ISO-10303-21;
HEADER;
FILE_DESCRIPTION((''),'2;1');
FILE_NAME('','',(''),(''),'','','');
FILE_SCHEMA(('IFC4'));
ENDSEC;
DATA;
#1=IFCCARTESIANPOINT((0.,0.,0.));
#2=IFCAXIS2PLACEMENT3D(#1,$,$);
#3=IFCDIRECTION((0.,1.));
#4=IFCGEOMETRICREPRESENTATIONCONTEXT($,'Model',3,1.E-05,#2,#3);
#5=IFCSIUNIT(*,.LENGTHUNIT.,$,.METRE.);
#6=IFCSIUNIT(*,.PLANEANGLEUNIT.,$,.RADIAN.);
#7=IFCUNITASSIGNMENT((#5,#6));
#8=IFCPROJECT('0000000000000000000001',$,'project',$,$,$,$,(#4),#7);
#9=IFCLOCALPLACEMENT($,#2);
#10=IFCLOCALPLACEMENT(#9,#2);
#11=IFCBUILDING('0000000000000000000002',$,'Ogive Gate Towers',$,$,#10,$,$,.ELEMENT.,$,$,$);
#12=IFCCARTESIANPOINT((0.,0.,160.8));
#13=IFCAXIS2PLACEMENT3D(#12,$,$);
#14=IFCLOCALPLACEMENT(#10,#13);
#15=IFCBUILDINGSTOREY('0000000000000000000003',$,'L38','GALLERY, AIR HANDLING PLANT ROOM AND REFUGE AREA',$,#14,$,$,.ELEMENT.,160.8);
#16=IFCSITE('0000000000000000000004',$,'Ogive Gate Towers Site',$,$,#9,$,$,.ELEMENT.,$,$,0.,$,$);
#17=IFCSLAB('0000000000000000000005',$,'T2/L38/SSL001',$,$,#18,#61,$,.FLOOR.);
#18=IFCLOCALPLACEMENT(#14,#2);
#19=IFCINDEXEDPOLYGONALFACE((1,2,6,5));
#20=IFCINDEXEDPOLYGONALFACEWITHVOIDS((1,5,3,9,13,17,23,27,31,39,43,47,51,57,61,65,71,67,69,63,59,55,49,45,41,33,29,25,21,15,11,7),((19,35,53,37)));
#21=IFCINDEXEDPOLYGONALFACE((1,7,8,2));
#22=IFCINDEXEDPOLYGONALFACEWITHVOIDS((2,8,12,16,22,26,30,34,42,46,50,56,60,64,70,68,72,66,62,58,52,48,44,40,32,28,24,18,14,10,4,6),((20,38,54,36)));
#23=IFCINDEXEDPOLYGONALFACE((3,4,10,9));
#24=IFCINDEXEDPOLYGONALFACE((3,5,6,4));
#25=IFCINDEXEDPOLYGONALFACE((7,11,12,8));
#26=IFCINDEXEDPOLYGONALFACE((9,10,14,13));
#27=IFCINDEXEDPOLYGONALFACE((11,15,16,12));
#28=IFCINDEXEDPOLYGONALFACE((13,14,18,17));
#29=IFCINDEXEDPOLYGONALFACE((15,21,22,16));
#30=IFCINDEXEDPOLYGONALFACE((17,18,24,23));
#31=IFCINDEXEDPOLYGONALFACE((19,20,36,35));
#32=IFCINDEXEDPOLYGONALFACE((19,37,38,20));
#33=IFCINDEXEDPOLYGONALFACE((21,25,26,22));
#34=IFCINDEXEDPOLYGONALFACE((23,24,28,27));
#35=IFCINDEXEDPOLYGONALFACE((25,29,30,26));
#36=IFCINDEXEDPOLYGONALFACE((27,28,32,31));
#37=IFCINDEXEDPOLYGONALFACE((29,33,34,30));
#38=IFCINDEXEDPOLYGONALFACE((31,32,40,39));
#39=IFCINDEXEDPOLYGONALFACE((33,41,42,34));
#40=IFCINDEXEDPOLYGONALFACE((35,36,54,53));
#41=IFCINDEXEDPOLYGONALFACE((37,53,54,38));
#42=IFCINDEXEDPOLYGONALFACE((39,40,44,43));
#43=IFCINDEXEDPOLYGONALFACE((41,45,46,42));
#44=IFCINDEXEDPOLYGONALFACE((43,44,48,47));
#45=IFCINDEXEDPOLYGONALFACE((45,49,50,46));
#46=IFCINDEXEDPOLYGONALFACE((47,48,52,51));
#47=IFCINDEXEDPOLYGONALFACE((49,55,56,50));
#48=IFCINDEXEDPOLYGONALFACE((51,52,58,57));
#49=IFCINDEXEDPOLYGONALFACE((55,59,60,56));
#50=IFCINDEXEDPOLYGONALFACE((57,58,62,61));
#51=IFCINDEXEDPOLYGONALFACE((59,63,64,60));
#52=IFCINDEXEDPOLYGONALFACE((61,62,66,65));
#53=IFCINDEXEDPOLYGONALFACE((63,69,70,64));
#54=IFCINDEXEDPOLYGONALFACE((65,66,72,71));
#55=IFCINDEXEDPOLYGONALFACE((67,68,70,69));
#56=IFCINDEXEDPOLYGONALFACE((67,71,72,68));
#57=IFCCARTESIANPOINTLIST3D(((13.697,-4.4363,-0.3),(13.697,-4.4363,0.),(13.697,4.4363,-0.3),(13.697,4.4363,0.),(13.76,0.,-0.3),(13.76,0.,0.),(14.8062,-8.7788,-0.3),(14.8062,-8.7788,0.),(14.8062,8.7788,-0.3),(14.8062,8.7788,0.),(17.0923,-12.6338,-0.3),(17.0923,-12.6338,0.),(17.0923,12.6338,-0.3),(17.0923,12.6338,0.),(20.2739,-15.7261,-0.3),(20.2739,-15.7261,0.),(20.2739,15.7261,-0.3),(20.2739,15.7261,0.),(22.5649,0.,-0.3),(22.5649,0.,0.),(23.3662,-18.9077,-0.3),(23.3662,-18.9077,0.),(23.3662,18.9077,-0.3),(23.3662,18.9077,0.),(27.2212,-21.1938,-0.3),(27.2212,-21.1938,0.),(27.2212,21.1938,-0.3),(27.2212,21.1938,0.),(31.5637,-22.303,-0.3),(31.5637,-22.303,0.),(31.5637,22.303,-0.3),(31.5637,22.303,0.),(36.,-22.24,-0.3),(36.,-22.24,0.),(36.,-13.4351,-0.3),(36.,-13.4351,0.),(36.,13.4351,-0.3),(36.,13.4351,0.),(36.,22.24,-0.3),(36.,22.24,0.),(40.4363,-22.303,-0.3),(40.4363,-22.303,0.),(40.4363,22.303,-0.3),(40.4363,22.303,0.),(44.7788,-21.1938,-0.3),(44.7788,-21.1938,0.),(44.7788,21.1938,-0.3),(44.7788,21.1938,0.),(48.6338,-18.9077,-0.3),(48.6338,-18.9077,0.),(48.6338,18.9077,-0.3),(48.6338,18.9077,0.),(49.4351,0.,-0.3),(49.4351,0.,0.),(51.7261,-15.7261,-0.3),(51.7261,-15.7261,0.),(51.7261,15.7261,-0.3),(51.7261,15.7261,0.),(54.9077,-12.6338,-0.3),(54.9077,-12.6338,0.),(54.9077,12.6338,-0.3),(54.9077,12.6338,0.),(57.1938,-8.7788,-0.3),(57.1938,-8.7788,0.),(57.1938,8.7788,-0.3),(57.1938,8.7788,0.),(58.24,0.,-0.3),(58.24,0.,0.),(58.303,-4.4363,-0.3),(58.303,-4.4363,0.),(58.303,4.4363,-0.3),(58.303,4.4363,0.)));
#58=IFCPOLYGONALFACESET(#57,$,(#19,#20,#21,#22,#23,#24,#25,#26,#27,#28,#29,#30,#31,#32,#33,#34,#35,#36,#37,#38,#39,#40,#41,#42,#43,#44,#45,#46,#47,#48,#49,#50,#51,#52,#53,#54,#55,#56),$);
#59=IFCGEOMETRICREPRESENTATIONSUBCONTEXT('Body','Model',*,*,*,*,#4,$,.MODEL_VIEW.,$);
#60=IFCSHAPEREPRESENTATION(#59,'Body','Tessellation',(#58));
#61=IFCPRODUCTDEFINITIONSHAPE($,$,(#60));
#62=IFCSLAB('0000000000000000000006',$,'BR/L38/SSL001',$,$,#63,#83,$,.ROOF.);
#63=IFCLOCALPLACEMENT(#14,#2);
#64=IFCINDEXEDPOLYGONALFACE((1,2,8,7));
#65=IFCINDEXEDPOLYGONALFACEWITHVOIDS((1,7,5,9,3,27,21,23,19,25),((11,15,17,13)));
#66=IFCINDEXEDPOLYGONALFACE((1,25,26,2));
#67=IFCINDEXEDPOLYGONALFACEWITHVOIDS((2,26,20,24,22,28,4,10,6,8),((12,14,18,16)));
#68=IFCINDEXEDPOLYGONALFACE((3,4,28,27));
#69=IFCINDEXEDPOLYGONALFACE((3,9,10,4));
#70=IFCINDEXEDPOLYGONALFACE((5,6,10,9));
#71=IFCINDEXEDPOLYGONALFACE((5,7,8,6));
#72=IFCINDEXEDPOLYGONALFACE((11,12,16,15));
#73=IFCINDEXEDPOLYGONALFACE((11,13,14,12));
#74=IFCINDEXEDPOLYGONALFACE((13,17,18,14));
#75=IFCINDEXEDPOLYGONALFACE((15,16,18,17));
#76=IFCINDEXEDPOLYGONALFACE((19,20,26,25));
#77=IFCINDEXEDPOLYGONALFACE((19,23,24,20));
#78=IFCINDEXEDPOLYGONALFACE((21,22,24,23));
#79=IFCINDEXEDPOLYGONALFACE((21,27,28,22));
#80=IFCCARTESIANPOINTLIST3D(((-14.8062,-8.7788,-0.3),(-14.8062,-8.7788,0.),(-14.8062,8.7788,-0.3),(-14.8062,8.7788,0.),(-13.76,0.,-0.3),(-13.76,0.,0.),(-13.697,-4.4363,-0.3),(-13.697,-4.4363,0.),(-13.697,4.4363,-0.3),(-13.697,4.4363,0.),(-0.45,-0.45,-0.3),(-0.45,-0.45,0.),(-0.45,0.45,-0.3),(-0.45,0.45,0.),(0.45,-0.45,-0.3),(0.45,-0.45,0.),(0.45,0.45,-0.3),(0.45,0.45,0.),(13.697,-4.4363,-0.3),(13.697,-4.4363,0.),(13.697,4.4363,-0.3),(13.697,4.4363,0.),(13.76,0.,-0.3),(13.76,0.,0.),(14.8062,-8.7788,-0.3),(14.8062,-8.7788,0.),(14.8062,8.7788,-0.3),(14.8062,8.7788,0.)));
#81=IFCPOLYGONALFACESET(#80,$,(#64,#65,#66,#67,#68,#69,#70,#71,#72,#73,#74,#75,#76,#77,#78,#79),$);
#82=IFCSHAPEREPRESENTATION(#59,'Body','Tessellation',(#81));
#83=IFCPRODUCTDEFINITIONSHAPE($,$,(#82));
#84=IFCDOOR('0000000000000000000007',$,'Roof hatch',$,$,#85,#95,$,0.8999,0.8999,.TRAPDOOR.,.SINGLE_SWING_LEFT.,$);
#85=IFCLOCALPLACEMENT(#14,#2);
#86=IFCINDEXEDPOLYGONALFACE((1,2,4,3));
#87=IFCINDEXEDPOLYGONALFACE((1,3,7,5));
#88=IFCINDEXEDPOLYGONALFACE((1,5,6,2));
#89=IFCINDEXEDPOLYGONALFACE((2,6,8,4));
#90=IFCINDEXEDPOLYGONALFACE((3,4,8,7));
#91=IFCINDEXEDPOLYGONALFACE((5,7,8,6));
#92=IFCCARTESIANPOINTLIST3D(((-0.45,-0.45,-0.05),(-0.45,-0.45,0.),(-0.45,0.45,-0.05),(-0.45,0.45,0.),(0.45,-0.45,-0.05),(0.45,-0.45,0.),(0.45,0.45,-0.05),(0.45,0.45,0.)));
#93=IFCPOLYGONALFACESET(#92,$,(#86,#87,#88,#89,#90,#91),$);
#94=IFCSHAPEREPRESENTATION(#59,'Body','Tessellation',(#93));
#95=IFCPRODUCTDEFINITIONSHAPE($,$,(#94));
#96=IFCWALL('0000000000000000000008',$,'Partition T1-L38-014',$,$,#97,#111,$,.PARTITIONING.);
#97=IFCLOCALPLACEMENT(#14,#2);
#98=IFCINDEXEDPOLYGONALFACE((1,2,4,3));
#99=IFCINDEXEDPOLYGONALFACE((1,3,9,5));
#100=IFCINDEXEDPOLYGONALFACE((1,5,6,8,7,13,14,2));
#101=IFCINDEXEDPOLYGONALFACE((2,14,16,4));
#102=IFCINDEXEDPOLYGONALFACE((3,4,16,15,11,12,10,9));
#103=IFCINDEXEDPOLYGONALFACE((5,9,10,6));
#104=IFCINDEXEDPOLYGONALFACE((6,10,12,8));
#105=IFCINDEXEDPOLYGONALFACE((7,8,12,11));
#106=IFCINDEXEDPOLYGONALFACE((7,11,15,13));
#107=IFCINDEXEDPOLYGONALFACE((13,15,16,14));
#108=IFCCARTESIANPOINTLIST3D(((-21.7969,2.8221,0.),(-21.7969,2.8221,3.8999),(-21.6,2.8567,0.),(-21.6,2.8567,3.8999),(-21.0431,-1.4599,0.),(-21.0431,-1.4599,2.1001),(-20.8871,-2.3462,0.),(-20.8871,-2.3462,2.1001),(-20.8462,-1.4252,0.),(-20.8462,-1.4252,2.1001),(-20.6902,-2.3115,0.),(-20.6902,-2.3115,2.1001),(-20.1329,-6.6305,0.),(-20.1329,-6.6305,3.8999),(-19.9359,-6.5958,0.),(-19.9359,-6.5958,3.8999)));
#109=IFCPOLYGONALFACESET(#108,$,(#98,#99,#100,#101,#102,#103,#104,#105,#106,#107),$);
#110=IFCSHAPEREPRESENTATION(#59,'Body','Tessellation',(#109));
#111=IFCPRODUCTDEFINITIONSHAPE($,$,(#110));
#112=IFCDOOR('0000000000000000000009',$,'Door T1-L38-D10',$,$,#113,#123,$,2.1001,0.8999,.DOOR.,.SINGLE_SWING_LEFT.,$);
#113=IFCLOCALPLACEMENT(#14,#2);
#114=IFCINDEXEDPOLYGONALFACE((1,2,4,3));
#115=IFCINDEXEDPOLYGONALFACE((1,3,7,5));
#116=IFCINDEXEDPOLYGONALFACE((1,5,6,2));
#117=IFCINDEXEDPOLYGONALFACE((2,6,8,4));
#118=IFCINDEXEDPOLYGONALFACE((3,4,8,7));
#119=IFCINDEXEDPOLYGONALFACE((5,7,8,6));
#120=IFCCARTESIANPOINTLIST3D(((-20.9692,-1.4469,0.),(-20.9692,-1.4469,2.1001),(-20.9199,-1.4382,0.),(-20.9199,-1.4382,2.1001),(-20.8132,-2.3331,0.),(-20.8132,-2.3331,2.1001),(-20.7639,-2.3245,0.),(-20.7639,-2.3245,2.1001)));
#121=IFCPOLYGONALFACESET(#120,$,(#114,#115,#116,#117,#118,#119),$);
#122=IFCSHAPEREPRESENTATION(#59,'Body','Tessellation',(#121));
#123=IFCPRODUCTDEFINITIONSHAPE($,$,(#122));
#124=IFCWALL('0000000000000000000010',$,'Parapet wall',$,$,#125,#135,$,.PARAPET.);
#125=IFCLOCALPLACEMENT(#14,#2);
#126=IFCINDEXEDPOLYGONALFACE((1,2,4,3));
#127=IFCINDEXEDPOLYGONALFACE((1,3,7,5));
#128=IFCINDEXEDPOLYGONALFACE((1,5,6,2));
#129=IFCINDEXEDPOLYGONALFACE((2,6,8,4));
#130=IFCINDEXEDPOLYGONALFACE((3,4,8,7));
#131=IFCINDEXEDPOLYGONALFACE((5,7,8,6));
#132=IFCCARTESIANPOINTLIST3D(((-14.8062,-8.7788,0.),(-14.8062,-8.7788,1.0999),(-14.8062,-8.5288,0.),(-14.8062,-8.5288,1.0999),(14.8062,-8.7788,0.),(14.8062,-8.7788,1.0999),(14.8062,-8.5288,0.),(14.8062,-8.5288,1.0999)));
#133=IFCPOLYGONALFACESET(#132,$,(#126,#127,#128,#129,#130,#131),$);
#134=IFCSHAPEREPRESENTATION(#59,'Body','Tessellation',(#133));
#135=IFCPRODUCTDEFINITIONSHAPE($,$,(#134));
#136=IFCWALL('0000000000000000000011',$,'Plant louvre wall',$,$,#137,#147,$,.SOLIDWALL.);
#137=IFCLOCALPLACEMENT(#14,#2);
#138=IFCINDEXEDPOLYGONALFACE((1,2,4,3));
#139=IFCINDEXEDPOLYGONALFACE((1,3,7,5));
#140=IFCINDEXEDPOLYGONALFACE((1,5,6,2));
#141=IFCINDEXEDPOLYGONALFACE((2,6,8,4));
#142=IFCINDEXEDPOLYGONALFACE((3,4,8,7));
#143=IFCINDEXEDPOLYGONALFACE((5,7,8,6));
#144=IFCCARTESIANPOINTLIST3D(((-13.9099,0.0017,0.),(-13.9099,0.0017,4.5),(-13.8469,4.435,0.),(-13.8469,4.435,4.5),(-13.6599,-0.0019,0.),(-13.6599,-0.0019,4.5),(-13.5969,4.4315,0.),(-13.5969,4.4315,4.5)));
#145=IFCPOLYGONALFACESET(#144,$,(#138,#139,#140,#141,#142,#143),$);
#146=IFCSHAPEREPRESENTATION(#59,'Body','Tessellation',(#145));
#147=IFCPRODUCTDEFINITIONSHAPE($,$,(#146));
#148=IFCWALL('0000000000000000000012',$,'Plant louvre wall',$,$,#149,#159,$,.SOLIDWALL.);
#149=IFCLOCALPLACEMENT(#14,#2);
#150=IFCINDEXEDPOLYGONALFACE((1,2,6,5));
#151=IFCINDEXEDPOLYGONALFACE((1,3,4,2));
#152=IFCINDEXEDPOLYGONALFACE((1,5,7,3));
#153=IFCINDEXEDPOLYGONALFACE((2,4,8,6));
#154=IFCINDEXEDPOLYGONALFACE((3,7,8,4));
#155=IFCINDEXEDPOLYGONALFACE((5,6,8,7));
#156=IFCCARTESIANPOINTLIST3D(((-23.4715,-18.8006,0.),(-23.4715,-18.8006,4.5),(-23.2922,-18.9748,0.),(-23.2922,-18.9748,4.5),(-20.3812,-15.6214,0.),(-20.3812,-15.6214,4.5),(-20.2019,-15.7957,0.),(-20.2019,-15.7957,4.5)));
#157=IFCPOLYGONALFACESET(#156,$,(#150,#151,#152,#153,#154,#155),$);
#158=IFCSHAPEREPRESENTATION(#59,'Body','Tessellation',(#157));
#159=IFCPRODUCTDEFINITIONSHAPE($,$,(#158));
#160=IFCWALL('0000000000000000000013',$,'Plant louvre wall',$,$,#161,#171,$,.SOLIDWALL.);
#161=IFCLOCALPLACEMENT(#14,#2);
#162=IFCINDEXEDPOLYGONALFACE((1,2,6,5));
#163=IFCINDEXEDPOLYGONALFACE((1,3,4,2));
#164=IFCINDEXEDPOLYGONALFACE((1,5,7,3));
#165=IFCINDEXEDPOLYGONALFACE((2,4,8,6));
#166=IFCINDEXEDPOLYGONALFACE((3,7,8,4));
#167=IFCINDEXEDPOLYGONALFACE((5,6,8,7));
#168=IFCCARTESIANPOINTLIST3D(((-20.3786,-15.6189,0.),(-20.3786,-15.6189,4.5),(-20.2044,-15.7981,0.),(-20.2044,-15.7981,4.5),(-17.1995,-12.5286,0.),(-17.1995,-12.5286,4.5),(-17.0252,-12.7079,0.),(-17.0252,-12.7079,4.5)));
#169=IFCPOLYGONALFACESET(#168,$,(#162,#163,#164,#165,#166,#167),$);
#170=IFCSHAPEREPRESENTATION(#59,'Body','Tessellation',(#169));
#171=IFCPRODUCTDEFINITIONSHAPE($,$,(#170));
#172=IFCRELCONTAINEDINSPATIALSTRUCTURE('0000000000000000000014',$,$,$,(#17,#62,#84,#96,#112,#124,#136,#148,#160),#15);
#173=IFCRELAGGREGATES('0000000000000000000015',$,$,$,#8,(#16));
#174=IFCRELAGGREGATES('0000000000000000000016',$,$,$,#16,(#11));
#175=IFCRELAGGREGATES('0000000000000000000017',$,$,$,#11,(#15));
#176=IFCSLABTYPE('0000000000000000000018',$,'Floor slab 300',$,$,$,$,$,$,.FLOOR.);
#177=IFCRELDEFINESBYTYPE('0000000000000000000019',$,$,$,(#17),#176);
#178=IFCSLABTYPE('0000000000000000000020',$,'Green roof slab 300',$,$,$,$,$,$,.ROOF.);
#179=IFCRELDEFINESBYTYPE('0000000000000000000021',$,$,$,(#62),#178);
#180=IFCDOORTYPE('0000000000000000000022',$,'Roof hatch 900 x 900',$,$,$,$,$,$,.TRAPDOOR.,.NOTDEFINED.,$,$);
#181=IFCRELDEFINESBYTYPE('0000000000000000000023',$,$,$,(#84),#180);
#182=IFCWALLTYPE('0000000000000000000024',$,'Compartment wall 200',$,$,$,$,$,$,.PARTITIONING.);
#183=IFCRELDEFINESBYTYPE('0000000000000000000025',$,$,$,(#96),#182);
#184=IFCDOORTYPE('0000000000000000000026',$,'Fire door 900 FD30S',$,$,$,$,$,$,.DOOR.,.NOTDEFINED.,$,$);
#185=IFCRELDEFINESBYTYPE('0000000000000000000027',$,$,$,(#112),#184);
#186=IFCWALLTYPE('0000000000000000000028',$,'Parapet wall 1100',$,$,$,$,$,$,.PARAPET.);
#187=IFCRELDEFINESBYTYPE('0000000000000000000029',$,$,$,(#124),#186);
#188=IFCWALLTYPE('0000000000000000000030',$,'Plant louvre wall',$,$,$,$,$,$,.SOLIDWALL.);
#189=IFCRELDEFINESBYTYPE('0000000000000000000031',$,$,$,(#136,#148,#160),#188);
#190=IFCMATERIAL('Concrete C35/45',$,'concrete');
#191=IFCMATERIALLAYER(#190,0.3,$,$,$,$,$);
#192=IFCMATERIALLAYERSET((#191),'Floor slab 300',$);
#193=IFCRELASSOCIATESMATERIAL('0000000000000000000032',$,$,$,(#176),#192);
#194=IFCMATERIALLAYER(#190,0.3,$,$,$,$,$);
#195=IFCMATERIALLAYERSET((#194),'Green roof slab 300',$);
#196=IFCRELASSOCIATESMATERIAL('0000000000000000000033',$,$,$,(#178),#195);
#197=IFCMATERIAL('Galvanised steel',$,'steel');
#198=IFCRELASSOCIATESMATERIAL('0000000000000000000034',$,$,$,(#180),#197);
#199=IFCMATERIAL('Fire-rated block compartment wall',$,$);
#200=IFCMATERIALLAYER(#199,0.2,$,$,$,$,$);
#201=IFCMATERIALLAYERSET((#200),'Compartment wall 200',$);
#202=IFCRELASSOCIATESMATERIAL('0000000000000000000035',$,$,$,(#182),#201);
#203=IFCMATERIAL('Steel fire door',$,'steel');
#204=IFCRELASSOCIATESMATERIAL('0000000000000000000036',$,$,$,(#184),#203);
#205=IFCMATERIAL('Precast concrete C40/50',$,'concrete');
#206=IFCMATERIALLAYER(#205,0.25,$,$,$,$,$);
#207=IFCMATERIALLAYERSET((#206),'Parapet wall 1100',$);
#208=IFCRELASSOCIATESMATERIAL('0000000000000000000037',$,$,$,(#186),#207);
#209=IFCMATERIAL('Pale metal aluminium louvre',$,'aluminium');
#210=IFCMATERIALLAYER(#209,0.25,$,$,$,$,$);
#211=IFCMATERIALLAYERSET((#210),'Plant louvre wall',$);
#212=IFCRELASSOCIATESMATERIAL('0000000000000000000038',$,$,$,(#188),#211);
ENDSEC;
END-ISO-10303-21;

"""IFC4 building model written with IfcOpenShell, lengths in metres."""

from ifc_helpers import new_model, si_unit, direction, frame, frame_2d, origin, origin_2d, place, context, subcontext, project, spatial, polyline, rectangle, outline, extrude, material, layer, layer_set, type_object, element, fill, save


model = new_model("IFC4")

# Units and contexts
model_context = context("Model", 3, precision=1e-05, world=origin(), true_north=direction((0.0, 1.0)))
body_context = subcontext(model_context, "Body", "Model", "MODEL_VIEW")
ifc_project = project(units=[si_unit("LENGTHUNIT", "METRE"), si_unit("PLANEANGLEUNIT", "RADIAN")], contexts=[model_context])

# Site, building, storey
site_placement = place(None, origin())
site = spatial("IfcSite", under=ifc_project, at=site_placement, Name="Ogive Gate Towers Site", CompositionType="ELEMENT", RefElevation=0.0)
building_placement = place(site_placement, origin())
building = spatial("IfcBuilding", under=site, at=building_placement, Name="Ogive Gate Towers", CompositionType="ELEMENT")
storey_placement = place(building_placement, frame((0.0, 0.0, 160.8)))
storey = spatial("IfcBuildingStorey", under=building, at=storey_placement, Name="L38", Description="GALLERY, AIR HANDLING PLANT ROOM AND REFUGE AREA", CompositionType="ELEMENT", Elevation=160.8)

# Slab
ifc_material_1 = material(Name="Concrete C35/45", Category="concrete")
ifc_layer_1 = layer(ifc_material_1, 0.3)
ifc_layer_set_1 = layer_set([ifc_layer_1], Name="Floor slab 300")
slab_type_1 = type_object("IfcSlabType", Name="Floor slab 300", PredefinedType="FLOOR", material=ifc_layer_set_1)
slab_1_placement = place(storey_placement, frame((0.0, 0.0, -0.3)))
element("IfcSlab", 1, at=slab_1_placement, inside=storey, type_object=slab_type_1, Name="T2/L38/SSL001", PredefinedType="FLOOR", context=body_context, shape_type="SweptSolid", body=[
    extrude(outline(polyline([(58.303, -4.4363), (58.24, 0.0), (58.303, 4.4363), (57.1938, 8.7788), (54.9077, 12.6338), (51.7261, 15.7261), (48.6338, 18.9077), (44.7788, 21.1938), (40.4363, 22.303), (36.0, 22.24), (31.5637, 22.303), (27.2212, 21.1938), (23.3662, 18.9077), (20.2739, 15.7261), (17.0923, 12.6338), (14.8062, 8.7788), (13.697, 4.4363), (13.76, 0.0), (13.697, -4.4363), (14.8062, -8.7788), (17.0923, -12.6338), (20.2739, -15.7261), (23.3662, -18.9077), (27.2212, -21.1938), (31.5637, -22.303), (36.0, -22.24), (40.4363, -22.303), (44.7788, -21.1938), (48.6338, -18.9077), (51.7261, -15.7261), (54.9077, -12.6338), (57.1938, -8.7788), (58.303, -4.4363)]), holes=[polyline([(49.4351, 0.0), (36.0, -13.4351), (22.5649, 0.0), (36.0, 13.4351), (49.4351, 0.0)])]), origin(), (0.0, 0.0, 1.0), 0.3),
])

# Slab, opening, door
ifc_layer_2 = layer(ifc_material_1, 0.3)
ifc_layer_set_2 = layer_set([ifc_layer_2], Name="Green roof slab 300")
slab_type_2 = type_object("IfcSlabType", Name="Green roof slab 300", PredefinedType="ROOF", material=ifc_layer_set_2)
slab_2_placement = place(storey_placement, frame((0.0, 0.0, -0.3)))
slab_2 = element("IfcSlab", 2, at=slab_2_placement, inside=storey, type_object=slab_type_2, Name="BR/L38/SSL001", PredefinedType="ROOF", context=body_context, shape_type="SweptSolid", body=[
    extrude(outline(polyline([(-14.8062, -8.7788), (-14.8062, -8.7788), (14.8062, -8.7788), (14.8062, -8.7788), (13.697, -4.4363), (13.76, 0.0), (13.697, 4.4363), (14.8062, 8.7788), (-14.8062, 8.7788), (-13.697, 4.4363), (-13.76, 0.0), (-13.697, -4.4363), (-14.8062, -8.7788)]), holes=[polyline([(0.45, -0.45), (-0.45, -0.45), (-0.45, 0.45), (0.45, 0.45), (0.45, -0.45)])]), origin(), (0.0, 0.0, 1.0), 0.3),
])
opening_1_placement = place(slab_2_placement, frame((0.0, 0.0, -0.01)))
opening_1 = element("IfcOpeningElement", 3, at=opening_1_placement, cuts=slab_2, PredefinedType="OPENING", context=body_context, shape_type="SweptSolid", body=[
    extrude(rectangle(XDim=0.8999, YDim=0.8999, at=origin_2d()), origin(), (0.0, 0.0, 1.0), 0.3201),
])
ifc_material_2 = material(Name="Galvanised steel", Category="steel")
door_type_1 = type_object("IfcDoorType", Name="Roof hatch 900 x 900", OperationType="NOTDEFINED", PredefinedType="TRAPDOOR", material=ifc_material_2)
door_1_placement = place(opening_1_placement, frame((0.0, 0.0, 0.26)))
door_1 = element("IfcDoor", 4, at=door_1_placement, inside=storey, type_object=door_type_1, Name="Roof hatch", OperationType="SINGLE_SWING_LEFT", OverallHeight=0.8999, OverallWidth=0.8999, PredefinedType="TRAPDOOR", context=body_context, shape_type="SweptSolid", body=[
    extrude(rectangle(XDim=0.8999, YDim=0.8999, at=origin_2d()), origin(), (0.0, 0.0, 1.0), 0.05),
])
fill(opening_1, door_1)

# Wall, opening, door
ifc_material_3 = material(Name="Fire-rated block compartment wall")
ifc_layer_3 = layer(ifc_material_3, 0.2)
ifc_layer_set_3 = layer_set([ifc_layer_3], Name="Compartment wall 200")
wall_type_1 = type_object("IfcWallType", Name="Compartment wall 200", PredefinedType="PARTITIONING", material=ifc_layer_set_3)
wall_1_placement = place(storey_placement, frame((-20.0344, -6.613, 0.0), z_axis=(0.0, 0.0, 1.0), x_axis=(-0.173376, 0.984856, 0.0)))
wall_1 = element("IfcWall", 5, at=wall_1_placement, inside=storey, type_object=wall_type_1, Name="Partition T1-L38-014", PredefinedType="PARTITIONING", context=body_context, shape_type="SweptSolid", body=[
    extrude(rectangle(XDim=9.5979, YDim=0.2, at=frame_2d((4.7988, 0.0))), origin(), (0.0, 0.0, 1.0), 3.8999),
])
opening_2_placement = place(wall_1_placement, frame((4.3501, 0.0, 0.0)))
opening_2 = element("IfcOpeningElement", 6, at=opening_2_placement, cuts=wall_1, PredefinedType="OPENING", context=body_context, shape_type="SweptSolid", body=[
    extrude(rectangle(XDim=0.8999, YDim=2.1001, at=frame_2d((0.45, 1.05))), frame((0.0, 0.1099, 0.0), z_axis=(0.0, -1.0, 0.0), x_axis=(1.0, 0.0, 0.0)), (0.0, 0.0, 1.0), 0.22),
])
ifc_material_4 = material(Name="Steel fire door", Category="steel")
door_type_2 = type_object("IfcDoorType", Name="Fire door 900 FD30S", OperationType="NOTDEFINED", PredefinedType="DOOR", material=ifc_material_4)
door_2_placement = place(opening_2_placement, origin())
door_2 = element("IfcDoor", 7, at=door_2_placement, inside=storey, type_object=door_type_2, Name="Door T1-L38-D10", OperationType="SINGLE_SWING_LEFT", OverallHeight=2.1001, OverallWidth=0.8999, PredefinedType="DOOR", context=body_context, shape_type="SweptSolid", body=[
    extrude(rectangle(XDim=0.8999, YDim=2.1001, at=frame_2d((0.45, 1.05))), frame((0.0, 0.0249, 0.0), z_axis=(0.0, -1.0, 0.0), x_axis=(1.0, 0.0, 0.0)), (0.0, 0.0, 1.0), 0.05),
])
fill(opening_2, door_2)

# Walls
ifc_material_5 = material(Name="Precast concrete C40/50", Category="concrete")
ifc_layer_4 = layer(ifc_material_5, 0.25)
ifc_layer_set_4 = layer_set([ifc_layer_4], Name="Parapet wall 1100")
wall_type_2 = type_object("IfcWallType", Name="Parapet wall 1100", PredefinedType="PARAPET", material=ifc_layer_set_4)
wall_2_placement = place(storey_placement, frame((-14.8062, -8.6538, 0.0), z_axis=(0.0, 0.0, 1.0), x_axis=(1.0, 0.0, 0.0)))
element("IfcWall", 8, at=wall_2_placement, inside=storey, type_object=wall_type_2, Name="Parapet wall", PredefinedType="PARAPET", context=body_context, shape_type="SweptSolid", body=[
    extrude(rectangle(XDim=29.6123, YDim=0.25, at=frame_2d((14.8062, 0.0))), origin(), (0.0, 0.0, 1.0), 1.0999),
])
ifc_material_6 = material(Name="Pale metal aluminium louvre", Category="aluminium")
ifc_layer_5 = layer(ifc_material_6, 0.25)
ifc_layer_set_5 = layer_set([ifc_layer_5], Name="Plant louvre wall")
wall_type_3 = type_object("IfcWallType", Name="Plant louvre wall", PredefinedType="SOLIDWALL", material=ifc_layer_set_5)
wall_3_placement = place(storey_placement, frame((-13.7849, 0.0, 0.0), z_axis=(0.0, 0.0, 1.0), x_axis=(0.014206, 0.999899, 0.0)))
element("IfcWall", 9, at=wall_3_placement, inside=storey, type_object=wall_type_3, Name="Plant louvre wall", PredefinedType="SOLIDWALL", context=body_context, shape_type="SweptSolid", body=[
    extrude(rectangle(XDim=4.4338, YDim=0.25, at=frame_2d((2.2168, 0.0))), origin(), (0.0, 0.0, 1.0), 4.5),
])
for number, where, z_axis, x_axis, name in (
    (10, (-23.3818, -18.8877, 0.0), (0.0, 0.0, 1.0), (0.697014, 0.717058, 0.0), "Plant louvre wall"),
    (11, (-20.2915, -15.7085, 0.0), (0.0, 0.0, 1.0), (0.717058, 0.697014, 0.0), "Plant louvre wall"),
):
    element("IfcWall", number, at=place(storey_placement, frame(where, z_axis=z_axis, x_axis=x_axis)), inside=storey, type_object=wall_type_3, Name=name, PredefinedType="SOLIDWALL", context=body_context, shape_type="SweptSolid", body=[
        extrude(rectangle(XDim=4.4336, YDim=0.25, at=frame_2d((2.2168, 0.0))), origin(), (0.0, 0.0, 1.0), 4.5),
    ])

save(model, "model.ifc")
